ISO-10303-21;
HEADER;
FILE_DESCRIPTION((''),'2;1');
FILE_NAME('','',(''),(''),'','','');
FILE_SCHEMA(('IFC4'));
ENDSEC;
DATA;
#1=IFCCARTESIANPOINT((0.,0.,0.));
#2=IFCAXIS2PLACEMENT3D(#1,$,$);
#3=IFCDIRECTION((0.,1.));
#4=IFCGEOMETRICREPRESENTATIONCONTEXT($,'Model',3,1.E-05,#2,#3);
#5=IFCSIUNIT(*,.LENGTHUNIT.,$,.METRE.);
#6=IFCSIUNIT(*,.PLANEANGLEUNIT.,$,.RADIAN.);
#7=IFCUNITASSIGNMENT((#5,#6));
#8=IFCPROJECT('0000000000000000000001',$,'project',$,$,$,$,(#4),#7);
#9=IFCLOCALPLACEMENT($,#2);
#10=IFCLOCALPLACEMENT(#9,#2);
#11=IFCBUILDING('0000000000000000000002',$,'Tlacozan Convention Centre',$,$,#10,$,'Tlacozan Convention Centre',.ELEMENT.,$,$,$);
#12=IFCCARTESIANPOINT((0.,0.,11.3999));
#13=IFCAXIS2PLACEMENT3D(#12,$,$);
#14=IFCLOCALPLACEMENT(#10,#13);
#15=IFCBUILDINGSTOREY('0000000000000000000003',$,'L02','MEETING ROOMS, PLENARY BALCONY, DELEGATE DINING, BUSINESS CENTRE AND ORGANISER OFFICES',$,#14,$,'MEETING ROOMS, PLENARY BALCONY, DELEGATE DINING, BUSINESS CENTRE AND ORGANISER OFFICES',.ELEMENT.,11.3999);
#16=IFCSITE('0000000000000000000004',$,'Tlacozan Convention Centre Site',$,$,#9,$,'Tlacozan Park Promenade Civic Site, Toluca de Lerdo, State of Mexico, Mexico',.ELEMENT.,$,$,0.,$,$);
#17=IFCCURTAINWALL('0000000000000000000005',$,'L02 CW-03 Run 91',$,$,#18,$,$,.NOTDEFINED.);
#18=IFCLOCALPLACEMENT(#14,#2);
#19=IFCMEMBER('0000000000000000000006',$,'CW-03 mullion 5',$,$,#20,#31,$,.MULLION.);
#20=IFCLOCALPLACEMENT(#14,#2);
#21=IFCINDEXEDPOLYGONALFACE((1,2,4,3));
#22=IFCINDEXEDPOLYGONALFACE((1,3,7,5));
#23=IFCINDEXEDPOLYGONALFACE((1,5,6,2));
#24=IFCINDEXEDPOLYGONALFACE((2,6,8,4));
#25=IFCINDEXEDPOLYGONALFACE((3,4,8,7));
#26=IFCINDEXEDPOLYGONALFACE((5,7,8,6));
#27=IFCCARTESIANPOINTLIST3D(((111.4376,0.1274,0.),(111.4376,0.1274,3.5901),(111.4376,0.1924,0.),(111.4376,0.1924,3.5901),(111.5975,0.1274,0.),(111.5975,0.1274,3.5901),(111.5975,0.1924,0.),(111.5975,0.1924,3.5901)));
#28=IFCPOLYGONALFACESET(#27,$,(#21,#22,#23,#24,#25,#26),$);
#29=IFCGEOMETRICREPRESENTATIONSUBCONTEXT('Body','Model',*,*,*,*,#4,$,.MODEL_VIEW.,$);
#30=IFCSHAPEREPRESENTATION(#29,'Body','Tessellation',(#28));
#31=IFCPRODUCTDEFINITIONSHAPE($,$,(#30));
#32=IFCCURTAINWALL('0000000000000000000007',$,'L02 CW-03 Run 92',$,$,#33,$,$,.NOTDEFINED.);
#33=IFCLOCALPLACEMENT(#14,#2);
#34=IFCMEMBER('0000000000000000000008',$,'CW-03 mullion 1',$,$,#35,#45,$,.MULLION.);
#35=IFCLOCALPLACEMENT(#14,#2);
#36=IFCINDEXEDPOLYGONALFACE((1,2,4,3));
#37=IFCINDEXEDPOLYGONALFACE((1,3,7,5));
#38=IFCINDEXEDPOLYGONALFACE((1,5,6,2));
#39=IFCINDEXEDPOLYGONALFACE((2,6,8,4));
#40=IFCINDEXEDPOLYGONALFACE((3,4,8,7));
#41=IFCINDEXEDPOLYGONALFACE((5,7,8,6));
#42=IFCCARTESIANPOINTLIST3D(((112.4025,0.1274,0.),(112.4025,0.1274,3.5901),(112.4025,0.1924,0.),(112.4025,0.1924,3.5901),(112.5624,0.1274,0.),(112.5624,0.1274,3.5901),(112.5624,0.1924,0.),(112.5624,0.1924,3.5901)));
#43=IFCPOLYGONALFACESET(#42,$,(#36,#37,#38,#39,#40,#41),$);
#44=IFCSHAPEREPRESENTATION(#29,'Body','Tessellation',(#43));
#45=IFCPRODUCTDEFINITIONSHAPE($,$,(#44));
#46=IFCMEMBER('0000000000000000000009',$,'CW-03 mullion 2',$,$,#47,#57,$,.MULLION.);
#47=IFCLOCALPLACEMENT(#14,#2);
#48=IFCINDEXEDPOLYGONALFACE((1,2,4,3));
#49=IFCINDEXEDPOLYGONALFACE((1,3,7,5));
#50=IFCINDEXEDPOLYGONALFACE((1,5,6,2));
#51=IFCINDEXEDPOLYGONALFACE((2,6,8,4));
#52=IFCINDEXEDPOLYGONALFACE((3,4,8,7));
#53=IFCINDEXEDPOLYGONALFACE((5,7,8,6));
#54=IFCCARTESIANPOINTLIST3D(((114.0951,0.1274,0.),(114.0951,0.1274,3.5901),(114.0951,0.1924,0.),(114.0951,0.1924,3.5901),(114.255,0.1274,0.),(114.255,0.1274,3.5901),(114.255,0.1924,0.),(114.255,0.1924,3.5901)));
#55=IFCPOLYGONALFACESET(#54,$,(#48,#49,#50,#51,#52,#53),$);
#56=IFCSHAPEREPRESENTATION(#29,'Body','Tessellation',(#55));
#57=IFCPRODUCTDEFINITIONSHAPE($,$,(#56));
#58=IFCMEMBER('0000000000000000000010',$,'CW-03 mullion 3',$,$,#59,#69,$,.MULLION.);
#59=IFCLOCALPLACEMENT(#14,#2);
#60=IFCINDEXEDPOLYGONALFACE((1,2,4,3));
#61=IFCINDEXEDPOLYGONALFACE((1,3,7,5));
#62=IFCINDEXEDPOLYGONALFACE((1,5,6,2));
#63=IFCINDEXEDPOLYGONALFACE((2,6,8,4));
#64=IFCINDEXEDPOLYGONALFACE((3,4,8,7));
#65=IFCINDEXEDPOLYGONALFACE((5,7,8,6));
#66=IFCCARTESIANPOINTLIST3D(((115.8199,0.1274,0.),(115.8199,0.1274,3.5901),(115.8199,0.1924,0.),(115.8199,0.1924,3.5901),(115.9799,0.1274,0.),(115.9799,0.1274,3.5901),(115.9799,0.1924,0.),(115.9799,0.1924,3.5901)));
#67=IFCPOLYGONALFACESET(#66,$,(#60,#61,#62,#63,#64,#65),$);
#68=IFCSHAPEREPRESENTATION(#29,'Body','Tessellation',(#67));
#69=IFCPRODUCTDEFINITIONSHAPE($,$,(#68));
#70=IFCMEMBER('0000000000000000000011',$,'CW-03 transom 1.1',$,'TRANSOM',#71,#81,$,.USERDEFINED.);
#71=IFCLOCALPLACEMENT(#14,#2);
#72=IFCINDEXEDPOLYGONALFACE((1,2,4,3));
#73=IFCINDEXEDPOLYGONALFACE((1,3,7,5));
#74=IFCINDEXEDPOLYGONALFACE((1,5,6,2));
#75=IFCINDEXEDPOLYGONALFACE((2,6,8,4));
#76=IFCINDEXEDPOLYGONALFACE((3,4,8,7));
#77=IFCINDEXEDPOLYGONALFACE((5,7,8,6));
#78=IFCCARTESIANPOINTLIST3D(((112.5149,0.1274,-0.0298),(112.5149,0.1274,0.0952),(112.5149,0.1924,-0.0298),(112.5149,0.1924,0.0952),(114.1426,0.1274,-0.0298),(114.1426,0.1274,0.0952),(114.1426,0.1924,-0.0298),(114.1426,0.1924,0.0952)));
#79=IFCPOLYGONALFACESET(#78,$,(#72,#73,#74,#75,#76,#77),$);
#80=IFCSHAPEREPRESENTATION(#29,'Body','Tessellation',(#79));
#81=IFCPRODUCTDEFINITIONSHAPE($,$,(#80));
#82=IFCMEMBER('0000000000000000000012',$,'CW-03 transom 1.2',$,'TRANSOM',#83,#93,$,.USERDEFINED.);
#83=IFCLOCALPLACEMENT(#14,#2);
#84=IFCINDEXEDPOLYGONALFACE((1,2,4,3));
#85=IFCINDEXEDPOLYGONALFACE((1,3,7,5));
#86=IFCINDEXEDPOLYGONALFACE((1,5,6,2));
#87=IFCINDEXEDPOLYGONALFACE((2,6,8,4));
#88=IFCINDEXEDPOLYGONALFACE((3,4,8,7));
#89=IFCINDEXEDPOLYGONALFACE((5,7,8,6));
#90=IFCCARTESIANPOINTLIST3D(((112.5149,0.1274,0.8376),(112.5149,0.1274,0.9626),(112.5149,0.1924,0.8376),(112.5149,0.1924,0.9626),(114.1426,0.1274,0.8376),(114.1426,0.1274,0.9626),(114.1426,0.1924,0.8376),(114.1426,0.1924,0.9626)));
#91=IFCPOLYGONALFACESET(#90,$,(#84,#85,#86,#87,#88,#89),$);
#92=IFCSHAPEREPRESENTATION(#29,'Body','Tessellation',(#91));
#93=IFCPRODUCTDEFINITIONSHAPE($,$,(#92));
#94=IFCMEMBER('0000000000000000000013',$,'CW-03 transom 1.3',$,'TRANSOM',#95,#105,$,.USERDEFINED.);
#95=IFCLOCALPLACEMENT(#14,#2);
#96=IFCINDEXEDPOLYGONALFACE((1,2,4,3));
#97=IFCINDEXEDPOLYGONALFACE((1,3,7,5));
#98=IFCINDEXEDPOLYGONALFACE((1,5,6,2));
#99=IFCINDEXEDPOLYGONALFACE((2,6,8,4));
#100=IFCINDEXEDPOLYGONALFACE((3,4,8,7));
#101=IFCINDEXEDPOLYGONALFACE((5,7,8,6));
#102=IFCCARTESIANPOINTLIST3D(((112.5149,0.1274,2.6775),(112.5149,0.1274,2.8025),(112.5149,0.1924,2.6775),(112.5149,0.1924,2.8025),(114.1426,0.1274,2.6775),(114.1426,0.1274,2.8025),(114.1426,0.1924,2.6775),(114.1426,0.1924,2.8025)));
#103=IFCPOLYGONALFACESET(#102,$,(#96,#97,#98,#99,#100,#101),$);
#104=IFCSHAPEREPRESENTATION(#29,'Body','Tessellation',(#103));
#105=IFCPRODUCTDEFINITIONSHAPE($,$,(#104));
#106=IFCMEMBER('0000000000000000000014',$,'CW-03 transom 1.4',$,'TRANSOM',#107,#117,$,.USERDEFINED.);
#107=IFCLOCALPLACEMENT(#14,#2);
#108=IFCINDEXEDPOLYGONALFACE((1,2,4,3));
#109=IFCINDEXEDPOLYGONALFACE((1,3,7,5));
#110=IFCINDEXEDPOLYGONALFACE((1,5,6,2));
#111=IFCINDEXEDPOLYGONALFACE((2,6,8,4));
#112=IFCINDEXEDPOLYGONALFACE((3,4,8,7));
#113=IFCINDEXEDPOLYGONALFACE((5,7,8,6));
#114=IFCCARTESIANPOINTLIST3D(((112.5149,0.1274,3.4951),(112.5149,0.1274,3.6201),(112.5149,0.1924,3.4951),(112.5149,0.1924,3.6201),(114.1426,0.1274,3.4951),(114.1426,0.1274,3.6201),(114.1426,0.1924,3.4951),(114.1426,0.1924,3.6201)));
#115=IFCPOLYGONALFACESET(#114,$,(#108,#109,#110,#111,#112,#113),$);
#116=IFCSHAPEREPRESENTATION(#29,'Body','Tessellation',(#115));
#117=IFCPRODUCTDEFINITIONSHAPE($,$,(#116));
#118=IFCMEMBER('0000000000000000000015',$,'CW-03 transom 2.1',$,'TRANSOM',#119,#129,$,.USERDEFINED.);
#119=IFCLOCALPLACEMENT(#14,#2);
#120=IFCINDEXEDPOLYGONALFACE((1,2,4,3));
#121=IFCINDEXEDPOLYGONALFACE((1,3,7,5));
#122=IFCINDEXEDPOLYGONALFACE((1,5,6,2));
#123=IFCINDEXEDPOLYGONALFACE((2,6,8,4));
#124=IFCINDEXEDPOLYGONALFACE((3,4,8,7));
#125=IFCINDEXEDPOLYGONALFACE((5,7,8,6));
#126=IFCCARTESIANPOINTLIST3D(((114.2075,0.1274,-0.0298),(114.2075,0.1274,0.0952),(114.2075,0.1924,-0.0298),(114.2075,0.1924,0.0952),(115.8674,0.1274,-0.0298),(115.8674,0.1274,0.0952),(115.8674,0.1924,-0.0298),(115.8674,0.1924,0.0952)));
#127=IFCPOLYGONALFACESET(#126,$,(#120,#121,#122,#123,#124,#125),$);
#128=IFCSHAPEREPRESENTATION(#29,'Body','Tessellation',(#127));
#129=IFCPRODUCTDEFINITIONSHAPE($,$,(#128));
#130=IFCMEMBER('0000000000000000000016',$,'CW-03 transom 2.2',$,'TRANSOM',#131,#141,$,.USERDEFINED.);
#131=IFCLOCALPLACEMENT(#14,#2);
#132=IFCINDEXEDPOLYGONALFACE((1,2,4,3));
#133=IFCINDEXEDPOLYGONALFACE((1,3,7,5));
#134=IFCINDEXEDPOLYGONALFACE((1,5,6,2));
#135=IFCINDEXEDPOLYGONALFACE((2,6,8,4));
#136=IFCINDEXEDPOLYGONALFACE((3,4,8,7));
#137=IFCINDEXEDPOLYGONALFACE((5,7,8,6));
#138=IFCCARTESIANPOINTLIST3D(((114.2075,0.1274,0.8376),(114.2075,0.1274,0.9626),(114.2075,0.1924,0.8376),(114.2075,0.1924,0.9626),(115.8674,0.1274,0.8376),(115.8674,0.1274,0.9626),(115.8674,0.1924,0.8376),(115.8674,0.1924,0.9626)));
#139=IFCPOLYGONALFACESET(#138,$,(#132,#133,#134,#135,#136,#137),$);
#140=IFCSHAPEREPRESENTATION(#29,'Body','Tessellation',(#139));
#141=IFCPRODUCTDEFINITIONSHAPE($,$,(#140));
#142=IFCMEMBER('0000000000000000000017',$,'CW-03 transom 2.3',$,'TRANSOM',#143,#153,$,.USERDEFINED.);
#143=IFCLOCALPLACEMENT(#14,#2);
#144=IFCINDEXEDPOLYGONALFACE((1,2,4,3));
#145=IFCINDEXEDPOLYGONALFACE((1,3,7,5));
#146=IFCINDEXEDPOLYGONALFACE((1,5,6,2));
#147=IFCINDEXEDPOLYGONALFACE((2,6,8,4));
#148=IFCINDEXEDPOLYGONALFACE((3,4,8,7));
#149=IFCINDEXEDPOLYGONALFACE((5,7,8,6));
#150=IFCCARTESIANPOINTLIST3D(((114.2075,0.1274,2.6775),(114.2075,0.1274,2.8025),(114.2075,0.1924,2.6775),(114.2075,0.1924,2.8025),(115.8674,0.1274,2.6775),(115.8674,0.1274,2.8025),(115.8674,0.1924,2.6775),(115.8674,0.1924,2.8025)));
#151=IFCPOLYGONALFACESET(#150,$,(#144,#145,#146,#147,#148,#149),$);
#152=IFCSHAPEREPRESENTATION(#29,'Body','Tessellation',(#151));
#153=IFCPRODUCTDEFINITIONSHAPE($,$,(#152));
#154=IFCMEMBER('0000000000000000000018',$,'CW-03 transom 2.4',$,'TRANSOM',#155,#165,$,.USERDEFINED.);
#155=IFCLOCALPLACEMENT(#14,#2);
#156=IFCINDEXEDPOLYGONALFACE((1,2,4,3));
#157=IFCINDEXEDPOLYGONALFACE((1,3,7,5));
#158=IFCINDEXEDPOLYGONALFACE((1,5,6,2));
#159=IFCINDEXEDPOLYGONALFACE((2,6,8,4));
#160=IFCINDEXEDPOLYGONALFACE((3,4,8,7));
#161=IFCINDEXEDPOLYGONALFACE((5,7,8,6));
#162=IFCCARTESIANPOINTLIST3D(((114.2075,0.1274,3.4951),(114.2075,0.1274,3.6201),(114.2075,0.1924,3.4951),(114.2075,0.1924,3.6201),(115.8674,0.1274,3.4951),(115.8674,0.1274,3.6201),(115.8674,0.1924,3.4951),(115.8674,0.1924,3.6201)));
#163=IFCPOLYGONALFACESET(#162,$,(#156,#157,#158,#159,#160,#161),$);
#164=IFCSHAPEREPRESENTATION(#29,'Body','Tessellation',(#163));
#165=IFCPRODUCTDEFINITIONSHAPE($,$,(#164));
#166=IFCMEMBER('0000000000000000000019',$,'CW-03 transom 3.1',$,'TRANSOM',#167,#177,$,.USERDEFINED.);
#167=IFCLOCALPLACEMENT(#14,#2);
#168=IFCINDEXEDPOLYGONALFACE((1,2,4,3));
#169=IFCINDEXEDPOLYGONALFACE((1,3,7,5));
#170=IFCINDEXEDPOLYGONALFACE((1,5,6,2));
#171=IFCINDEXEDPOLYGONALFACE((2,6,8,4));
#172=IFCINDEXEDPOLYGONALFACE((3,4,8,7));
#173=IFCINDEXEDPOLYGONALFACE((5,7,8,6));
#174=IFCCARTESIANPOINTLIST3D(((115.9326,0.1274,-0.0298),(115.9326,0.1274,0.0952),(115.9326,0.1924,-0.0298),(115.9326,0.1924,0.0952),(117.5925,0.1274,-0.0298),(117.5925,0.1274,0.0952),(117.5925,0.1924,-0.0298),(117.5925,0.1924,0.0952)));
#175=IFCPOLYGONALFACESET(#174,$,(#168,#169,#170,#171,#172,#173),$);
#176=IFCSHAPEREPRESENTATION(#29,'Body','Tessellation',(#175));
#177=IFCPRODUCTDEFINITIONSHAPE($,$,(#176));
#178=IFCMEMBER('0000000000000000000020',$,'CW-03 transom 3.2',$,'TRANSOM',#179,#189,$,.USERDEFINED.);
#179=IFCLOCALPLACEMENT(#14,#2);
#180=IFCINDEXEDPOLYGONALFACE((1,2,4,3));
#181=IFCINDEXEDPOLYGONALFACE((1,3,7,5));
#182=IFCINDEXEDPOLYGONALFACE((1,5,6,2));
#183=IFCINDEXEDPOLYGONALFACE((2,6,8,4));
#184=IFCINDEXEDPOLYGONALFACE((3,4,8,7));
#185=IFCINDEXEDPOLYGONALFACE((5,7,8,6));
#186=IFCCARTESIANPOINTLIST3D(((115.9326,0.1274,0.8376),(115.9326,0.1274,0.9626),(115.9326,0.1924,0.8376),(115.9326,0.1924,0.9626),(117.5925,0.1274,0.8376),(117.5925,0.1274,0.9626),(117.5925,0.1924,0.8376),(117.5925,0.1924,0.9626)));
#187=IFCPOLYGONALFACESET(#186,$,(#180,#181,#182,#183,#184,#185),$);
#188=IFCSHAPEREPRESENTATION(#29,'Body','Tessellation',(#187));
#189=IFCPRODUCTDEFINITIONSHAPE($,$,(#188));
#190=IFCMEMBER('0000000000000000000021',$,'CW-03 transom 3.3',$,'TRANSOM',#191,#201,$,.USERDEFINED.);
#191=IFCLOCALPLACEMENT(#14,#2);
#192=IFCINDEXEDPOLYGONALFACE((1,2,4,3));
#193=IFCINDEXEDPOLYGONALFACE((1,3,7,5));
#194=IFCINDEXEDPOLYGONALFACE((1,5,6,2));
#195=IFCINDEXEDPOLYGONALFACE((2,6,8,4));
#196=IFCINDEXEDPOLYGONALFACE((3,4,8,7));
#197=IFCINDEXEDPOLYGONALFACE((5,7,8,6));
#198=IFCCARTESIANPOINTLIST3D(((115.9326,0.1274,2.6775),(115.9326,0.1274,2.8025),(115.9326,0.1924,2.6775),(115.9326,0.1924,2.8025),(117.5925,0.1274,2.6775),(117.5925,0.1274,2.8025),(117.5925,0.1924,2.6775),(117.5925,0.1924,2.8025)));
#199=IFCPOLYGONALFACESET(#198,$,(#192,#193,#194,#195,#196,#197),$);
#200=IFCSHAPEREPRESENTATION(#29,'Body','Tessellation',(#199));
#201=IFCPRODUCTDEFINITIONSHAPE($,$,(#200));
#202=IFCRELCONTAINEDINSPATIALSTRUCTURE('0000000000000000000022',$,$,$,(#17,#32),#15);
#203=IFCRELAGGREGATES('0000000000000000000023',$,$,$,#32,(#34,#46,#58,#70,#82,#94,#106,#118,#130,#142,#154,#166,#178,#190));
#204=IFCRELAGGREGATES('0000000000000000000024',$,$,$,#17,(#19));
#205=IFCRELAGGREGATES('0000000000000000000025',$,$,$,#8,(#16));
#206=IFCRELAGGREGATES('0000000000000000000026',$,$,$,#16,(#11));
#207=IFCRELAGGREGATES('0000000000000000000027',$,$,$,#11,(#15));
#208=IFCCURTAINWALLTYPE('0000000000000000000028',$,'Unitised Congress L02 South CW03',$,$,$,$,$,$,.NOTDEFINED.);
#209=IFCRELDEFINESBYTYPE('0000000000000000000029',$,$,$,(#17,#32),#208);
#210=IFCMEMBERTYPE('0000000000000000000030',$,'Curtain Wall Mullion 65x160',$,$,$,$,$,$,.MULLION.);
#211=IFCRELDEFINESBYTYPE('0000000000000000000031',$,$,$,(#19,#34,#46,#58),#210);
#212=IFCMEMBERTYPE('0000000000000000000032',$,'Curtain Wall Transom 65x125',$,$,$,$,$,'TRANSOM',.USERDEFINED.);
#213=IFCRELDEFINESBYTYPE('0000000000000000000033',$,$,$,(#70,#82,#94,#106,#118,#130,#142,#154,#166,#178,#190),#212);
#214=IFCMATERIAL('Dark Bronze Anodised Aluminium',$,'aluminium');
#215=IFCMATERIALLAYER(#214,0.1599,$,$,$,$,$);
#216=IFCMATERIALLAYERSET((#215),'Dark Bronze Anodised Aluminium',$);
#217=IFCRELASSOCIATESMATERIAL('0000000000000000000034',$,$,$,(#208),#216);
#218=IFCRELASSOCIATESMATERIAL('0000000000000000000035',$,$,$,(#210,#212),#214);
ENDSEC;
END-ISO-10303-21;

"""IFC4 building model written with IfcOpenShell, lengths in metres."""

from ifc_helpers import new_model, si_unit, direction, frame, origin, origin_2d, place, context, subcontext, project, spatial, rectangle, extrude, material, layer, layer_set, material_profile, profile_set, type_object, element, aggregate, save


model = new_model("IFC4")

# Units and contexts
model_context = context("Model", 3, precision=1e-05, world=origin(), true_north=direction((0.0, 1.0)))
body_context = subcontext(model_context, "Body", "Model", "MODEL_VIEW")
ifc_project = project(units=[si_unit("LENGTHUNIT", "METRE"), si_unit("PLANEANGLEUNIT", "RADIAN")], contexts=[model_context])

# Site, building, storey
site_placement = place(None, origin())
site = spatial("IfcSite", under=ifc_project, at=site_placement, Name="Tlacozan Convention Centre Site", LongName="Tlacozan Park Promenade Civic Site, Toluca de Lerdo, State of Mexico, Mexico", CompositionType="ELEMENT", RefElevation=0.0)
building_placement = place(site_placement, origin())
building = spatial("IfcBuilding", under=site, at=building_placement, Name="Tlacozan Convention Centre", LongName="Tlacozan Convention Centre", CompositionType="ELEMENT")
storey_placement = place(building_placement, frame((0.0, 0.0, 11.3999)))
storey = spatial("IfcBuildingStorey", under=building, at=storey_placement, Name="L02", Description="MEETING ROOMS, PLENARY BALCONY, DELEGATE DINING, BUSINESS CENTRE AND ORGANISER OFFICES", LongName="MEETING ROOMS, PLENARY BALCONY, DELEGATE DINING, BUSINESS CENTRE AND ORGANISER OFFICES", CompositionType="ELEMENT", Elevation=11.3999)

# Curtain wall, member
ifc_material_1 = material(Name="Dark Bronze Anodised Aluminium", Category="aluminium")
ifc_layer_1 = layer(ifc_material_1, 0.1599)
ifc_layer_set_1 = layer_set([ifc_layer_1], Name="Dark Bronze Anodised Aluminium")
curtain_wall_type = type_object("IfcCurtainWallType", Name="Unitised Congress L02 South CW03", PredefinedType="NOTDEFINED", material=ifc_layer_set_1)
curtain_wall_1_placement = place(storey_placement, origin())
curtain_wall_1 = element("IfcCurtainWall", 1, at=curtain_wall_1_placement, inside=storey, type_object=curtain_wall_type, Name="L02 CW-03 Run 91", PredefinedType="NOTDEFINED")
ifc_material_profile_1 = material_profile(ifc_material_1, rectangle(XDim=0.0649, YDim=0.1599, at=origin_2d()), Name="ALU 65x160")
ifc_profile_set_1 = profile_set([ifc_material_profile_1], Name="Dark Bronze Anodised Aluminium")
member_type_1 = type_object("IfcMemberType", Name="Curtain Wall Mullion 65x160", PredefinedType="MULLION", material=ifc_profile_set_1)
member_1_placement = place(storey_placement, frame((111.5176, 0.1599, 0.0), z_axis=(0.0, 0.0, 1.0), x_axis=(0.0, 1.0, 0.0)))
member_1 = element("IfcMember", 2, at=member_1_placement, type_object=member_type_1, Name="CW-03 mullion 5", PredefinedType="MULLION", context=body_context, shape_type="SweptSolid", body=[
    extrude(rectangle(XDim=0.0649, YDim=0.1599, at=origin_2d()), origin(), (0.0, 0.0, 1.0), 3.5901),
])

# Curtain wall, members
curtain_wall_2_placement = place(storey_placement, origin())
curtain_wall_2 = element("IfcCurtainWall", 3, at=curtain_wall_2_placement, inside=storey, type_object=curtain_wall_type, Name="L02 CW-03 Run 92", PredefinedType="NOTDEFINED")
member_2_placement = place(storey_placement, frame((112.4824, 0.1599, 0.0), z_axis=(0.0, 0.0, 1.0), x_axis=(0.0, 1.0, 0.0)))
member_2 = element("IfcMember", 4, at=member_2_placement, type_object=member_type_1, Name="CW-03 mullion 1", PredefinedType="MULLION", context=body_context, shape_type="SweptSolid", body=[
    extrude(rectangle(XDim=0.0649, YDim=0.1599, at=origin_2d()), origin(), (0.0, 0.0, 1.0), 3.5901),
])
member_3_placement = place(storey_placement, frame((114.175, 0.1599, 0.0), z_axis=(0.0, 0.0, 1.0), x_axis=(0.0, 1.0, 0.0)))
member_3 = element("IfcMember", 5, at=member_3_placement, type_object=member_type_1, Name="CW-03 mullion 2", PredefinedType="MULLION", context=body_context, shape_type="SweptSolid", body=[
    extrude(rectangle(XDim=0.0649, YDim=0.1599, at=origin_2d()), origin(), (0.0, 0.0, 1.0), 3.5901),
])
member_4_placement = place(storey_placement, frame((115.8999, 0.1599, 0.0), z_axis=(0.0, 0.0, 1.0), x_axis=(0.0, 1.0, 0.0)))
member_4 = element("IfcMember", 6, at=member_4_placement, type_object=member_type_1, Name="CW-03 mullion 3", PredefinedType="MULLION", context=body_context, shape_type="SweptSolid", body=[
    extrude(rectangle(XDim=0.0649, YDim=0.1599, at=origin_2d()), origin(), (0.0, 0.0, 1.0), 3.5901),
])
ifc_material_profile_2 = material_profile(ifc_material_1, rectangle(XDim=0.0649, YDim=0.125, at=origin_2d()), Name="ALU 65x125")
ifc_profile_set_2 = profile_set([ifc_material_profile_2], Name="Dark Bronze Anodised Aluminium")
member_type_2 = type_object("IfcMemberType", Name="Curtain Wall Transom 65x125", ElementType="TRANSOM", PredefinedType="USERDEFINED", material=ifc_profile_set_2)
member_5_placement = place(storey_placement, frame((112.5149, 0.1599, 0.0327), z_axis=(1.0, 0.0, 0.0), x_axis=(0.0, 1.0, 0.0)))
member_5 = element("IfcMember", 7, at=member_5_placement, type_object=member_type_2, Name="CW-03 transom 1.1", ObjectType="TRANSOM", PredefinedType="USERDEFINED", context=body_context, shape_type="SweptSolid", body=[
    extrude(rectangle(XDim=0.0649, YDim=0.125, at=origin_2d()), origin(), (0.0, 0.0, 1.0), 1.6277),
])
member_6_placement = place(storey_placement, frame((112.5149, 0.1599, 0.9001), z_axis=(1.0, 0.0, 0.0), x_axis=(0.0, 1.0, 0.0)))
member_6 = element("IfcMember", 8, at=member_6_placement, type_object=member_type_2, Name="CW-03 transom 1.2", ObjectType="TRANSOM", PredefinedType="USERDEFINED", context=body_context, shape_type="SweptSolid", body=[
    extrude(rectangle(XDim=0.0649, YDim=0.125, at=origin_2d()), origin(), (0.0, 0.0, 1.0), 1.6277),
])
member_7_placement = place(storey_placement, frame((112.5149, 0.1599, 2.74), z_axis=(1.0, 0.0, 0.0), x_axis=(0.0, 1.0, 0.0)))
member_7 = element("IfcMember", 9, at=member_7_placement, type_object=member_type_2, Name="CW-03 transom 1.3", ObjectType="TRANSOM", PredefinedType="USERDEFINED", context=body_context, shape_type="SweptSolid", body=[
    extrude(rectangle(XDim=0.0649, YDim=0.125, at=origin_2d()), origin(), (0.0, 0.0, 1.0), 1.6277),
])
member_8_placement = place(storey_placement, frame((112.5149, 0.1599, 3.5576), z_axis=(1.0, 0.0, 0.0), x_axis=(0.0, 1.0, 0.0)))
member_8 = element("IfcMember", 10, at=member_8_placement, type_object=member_type_2, Name="CW-03 transom 1.4", ObjectType="TRANSOM", PredefinedType="USERDEFINED", context=body_context, shape_type="SweptSolid", body=[
    extrude(rectangle(XDim=0.0649, YDim=0.125, at=origin_2d()), origin(), (0.0, 0.0, 1.0), 1.6277),
])
member_9_placement = place(storey_placement, frame((114.2075, 0.1599, 0.0327), z_axis=(1.0, 0.0, 0.0), x_axis=(0.0, 1.0, 0.0)))
member_9 = element("IfcMember", 11, at=member_9_placement, type_object=member_type_2, Name="CW-03 transom 2.1", ObjectType="TRANSOM", PredefinedType="USERDEFINED", context=body_context, shape_type="SweptSolid", body=[
    extrude(rectangle(XDim=0.0649, YDim=0.125, at=origin_2d()), origin(), (0.0, 0.0, 1.0), 1.6599),
])
member_10_placement = place(storey_placement, frame((114.2075, 0.1599, 0.9001), z_axis=(1.0, 0.0, 0.0), x_axis=(0.0, 1.0, 0.0)))
member_10 = element("IfcMember", 12, at=member_10_placement, type_object=member_type_2, Name="CW-03 transom 2.2", ObjectType="TRANSOM", PredefinedType="USERDEFINED", context=body_context, shape_type="SweptSolid", body=[
    extrude(rectangle(XDim=0.0649, YDim=0.125, at=origin_2d()), origin(), (0.0, 0.0, 1.0), 1.6599),
])
member_11_placement = place(storey_placement, frame((114.2075, 0.1599, 2.74), z_axis=(1.0, 0.0, 0.0), x_axis=(0.0, 1.0, 0.0)))
member_11 = element("IfcMember", 13, at=member_11_placement, type_object=member_type_2, Name="CW-03 transom 2.3", ObjectType="TRANSOM", PredefinedType="USERDEFINED", context=body_context, shape_type="SweptSolid", body=[
    extrude(rectangle(XDim=0.0649, YDim=0.125, at=origin_2d()), origin(), (0.0, 0.0, 1.0), 1.6599),
])
member_12_placement = place(storey_placement, frame((114.2075, 0.1599, 3.5576), z_axis=(1.0, 0.0, 0.0), x_axis=(0.0, 1.0, 0.0)))
member_12 = element("IfcMember", 14, at=member_12_placement, type_object=member_type_2, Name="CW-03 transom 2.4", ObjectType="TRANSOM", PredefinedType="USERDEFINED", context=body_context, shape_type="SweptSolid", body=[
    extrude(rectangle(XDim=0.0649, YDim=0.125, at=origin_2d()), origin(), (0.0, 0.0, 1.0), 1.6599),
])
member_13_placement = place(storey_placement, frame((115.9326, 0.1599, 0.0327), z_axis=(1.0, 0.0, 0.0), x_axis=(0.0, 1.0, 0.0)))
member_13 = element("IfcMember", 15, at=member_13_placement, type_object=member_type_2, Name="CW-03 transom 3.1", ObjectType="TRANSOM", PredefinedType="USERDEFINED", context=body_context, shape_type="SweptSolid", body=[
    extrude(rectangle(XDim=0.0649, YDim=0.125, at=origin_2d()), origin(), (0.0, 0.0, 1.0), 1.6599),
])
member_14_placement = place(storey_placement, frame((115.9326, 0.1599, 0.9001), z_axis=(1.0, 0.0, 0.0), x_axis=(0.0, 1.0, 0.0)))
member_14 = element("IfcMember", 16, at=member_14_placement, type_object=member_type_2, Name="CW-03 transom 3.2", ObjectType="TRANSOM", PredefinedType="USERDEFINED", context=body_context, shape_type="SweptSolid", body=[
    extrude(rectangle(XDim=0.0649, YDim=0.125, at=origin_2d()), origin(), (0.0, 0.0, 1.0), 1.6599),
])
member_15_placement = place(storey_placement, frame((115.9326, 0.1599, 2.74), z_axis=(1.0, 0.0, 0.0), x_axis=(0.0, 1.0, 0.0)))
member_15 = element("IfcMember", 17, at=member_15_placement, type_object=member_type_2, Name="CW-03 transom 3.3", ObjectType="TRANSOM", PredefinedType="USERDEFINED", context=body_context, shape_type="SweptSolid", body=[
    extrude(rectangle(XDim=0.0649, YDim=0.125, at=origin_2d()), origin(), (0.0, 0.0, 1.0), 1.6599),
])

aggregate(curtain_wall_2, [member_2, member_3, member_4, member_5, member_6, member_7, member_8, member_9, member_10, member_11, member_12, member_13, member_14, member_15])
aggregate(curtain_wall_1, [member_1])

save(model, "model.ifc")
